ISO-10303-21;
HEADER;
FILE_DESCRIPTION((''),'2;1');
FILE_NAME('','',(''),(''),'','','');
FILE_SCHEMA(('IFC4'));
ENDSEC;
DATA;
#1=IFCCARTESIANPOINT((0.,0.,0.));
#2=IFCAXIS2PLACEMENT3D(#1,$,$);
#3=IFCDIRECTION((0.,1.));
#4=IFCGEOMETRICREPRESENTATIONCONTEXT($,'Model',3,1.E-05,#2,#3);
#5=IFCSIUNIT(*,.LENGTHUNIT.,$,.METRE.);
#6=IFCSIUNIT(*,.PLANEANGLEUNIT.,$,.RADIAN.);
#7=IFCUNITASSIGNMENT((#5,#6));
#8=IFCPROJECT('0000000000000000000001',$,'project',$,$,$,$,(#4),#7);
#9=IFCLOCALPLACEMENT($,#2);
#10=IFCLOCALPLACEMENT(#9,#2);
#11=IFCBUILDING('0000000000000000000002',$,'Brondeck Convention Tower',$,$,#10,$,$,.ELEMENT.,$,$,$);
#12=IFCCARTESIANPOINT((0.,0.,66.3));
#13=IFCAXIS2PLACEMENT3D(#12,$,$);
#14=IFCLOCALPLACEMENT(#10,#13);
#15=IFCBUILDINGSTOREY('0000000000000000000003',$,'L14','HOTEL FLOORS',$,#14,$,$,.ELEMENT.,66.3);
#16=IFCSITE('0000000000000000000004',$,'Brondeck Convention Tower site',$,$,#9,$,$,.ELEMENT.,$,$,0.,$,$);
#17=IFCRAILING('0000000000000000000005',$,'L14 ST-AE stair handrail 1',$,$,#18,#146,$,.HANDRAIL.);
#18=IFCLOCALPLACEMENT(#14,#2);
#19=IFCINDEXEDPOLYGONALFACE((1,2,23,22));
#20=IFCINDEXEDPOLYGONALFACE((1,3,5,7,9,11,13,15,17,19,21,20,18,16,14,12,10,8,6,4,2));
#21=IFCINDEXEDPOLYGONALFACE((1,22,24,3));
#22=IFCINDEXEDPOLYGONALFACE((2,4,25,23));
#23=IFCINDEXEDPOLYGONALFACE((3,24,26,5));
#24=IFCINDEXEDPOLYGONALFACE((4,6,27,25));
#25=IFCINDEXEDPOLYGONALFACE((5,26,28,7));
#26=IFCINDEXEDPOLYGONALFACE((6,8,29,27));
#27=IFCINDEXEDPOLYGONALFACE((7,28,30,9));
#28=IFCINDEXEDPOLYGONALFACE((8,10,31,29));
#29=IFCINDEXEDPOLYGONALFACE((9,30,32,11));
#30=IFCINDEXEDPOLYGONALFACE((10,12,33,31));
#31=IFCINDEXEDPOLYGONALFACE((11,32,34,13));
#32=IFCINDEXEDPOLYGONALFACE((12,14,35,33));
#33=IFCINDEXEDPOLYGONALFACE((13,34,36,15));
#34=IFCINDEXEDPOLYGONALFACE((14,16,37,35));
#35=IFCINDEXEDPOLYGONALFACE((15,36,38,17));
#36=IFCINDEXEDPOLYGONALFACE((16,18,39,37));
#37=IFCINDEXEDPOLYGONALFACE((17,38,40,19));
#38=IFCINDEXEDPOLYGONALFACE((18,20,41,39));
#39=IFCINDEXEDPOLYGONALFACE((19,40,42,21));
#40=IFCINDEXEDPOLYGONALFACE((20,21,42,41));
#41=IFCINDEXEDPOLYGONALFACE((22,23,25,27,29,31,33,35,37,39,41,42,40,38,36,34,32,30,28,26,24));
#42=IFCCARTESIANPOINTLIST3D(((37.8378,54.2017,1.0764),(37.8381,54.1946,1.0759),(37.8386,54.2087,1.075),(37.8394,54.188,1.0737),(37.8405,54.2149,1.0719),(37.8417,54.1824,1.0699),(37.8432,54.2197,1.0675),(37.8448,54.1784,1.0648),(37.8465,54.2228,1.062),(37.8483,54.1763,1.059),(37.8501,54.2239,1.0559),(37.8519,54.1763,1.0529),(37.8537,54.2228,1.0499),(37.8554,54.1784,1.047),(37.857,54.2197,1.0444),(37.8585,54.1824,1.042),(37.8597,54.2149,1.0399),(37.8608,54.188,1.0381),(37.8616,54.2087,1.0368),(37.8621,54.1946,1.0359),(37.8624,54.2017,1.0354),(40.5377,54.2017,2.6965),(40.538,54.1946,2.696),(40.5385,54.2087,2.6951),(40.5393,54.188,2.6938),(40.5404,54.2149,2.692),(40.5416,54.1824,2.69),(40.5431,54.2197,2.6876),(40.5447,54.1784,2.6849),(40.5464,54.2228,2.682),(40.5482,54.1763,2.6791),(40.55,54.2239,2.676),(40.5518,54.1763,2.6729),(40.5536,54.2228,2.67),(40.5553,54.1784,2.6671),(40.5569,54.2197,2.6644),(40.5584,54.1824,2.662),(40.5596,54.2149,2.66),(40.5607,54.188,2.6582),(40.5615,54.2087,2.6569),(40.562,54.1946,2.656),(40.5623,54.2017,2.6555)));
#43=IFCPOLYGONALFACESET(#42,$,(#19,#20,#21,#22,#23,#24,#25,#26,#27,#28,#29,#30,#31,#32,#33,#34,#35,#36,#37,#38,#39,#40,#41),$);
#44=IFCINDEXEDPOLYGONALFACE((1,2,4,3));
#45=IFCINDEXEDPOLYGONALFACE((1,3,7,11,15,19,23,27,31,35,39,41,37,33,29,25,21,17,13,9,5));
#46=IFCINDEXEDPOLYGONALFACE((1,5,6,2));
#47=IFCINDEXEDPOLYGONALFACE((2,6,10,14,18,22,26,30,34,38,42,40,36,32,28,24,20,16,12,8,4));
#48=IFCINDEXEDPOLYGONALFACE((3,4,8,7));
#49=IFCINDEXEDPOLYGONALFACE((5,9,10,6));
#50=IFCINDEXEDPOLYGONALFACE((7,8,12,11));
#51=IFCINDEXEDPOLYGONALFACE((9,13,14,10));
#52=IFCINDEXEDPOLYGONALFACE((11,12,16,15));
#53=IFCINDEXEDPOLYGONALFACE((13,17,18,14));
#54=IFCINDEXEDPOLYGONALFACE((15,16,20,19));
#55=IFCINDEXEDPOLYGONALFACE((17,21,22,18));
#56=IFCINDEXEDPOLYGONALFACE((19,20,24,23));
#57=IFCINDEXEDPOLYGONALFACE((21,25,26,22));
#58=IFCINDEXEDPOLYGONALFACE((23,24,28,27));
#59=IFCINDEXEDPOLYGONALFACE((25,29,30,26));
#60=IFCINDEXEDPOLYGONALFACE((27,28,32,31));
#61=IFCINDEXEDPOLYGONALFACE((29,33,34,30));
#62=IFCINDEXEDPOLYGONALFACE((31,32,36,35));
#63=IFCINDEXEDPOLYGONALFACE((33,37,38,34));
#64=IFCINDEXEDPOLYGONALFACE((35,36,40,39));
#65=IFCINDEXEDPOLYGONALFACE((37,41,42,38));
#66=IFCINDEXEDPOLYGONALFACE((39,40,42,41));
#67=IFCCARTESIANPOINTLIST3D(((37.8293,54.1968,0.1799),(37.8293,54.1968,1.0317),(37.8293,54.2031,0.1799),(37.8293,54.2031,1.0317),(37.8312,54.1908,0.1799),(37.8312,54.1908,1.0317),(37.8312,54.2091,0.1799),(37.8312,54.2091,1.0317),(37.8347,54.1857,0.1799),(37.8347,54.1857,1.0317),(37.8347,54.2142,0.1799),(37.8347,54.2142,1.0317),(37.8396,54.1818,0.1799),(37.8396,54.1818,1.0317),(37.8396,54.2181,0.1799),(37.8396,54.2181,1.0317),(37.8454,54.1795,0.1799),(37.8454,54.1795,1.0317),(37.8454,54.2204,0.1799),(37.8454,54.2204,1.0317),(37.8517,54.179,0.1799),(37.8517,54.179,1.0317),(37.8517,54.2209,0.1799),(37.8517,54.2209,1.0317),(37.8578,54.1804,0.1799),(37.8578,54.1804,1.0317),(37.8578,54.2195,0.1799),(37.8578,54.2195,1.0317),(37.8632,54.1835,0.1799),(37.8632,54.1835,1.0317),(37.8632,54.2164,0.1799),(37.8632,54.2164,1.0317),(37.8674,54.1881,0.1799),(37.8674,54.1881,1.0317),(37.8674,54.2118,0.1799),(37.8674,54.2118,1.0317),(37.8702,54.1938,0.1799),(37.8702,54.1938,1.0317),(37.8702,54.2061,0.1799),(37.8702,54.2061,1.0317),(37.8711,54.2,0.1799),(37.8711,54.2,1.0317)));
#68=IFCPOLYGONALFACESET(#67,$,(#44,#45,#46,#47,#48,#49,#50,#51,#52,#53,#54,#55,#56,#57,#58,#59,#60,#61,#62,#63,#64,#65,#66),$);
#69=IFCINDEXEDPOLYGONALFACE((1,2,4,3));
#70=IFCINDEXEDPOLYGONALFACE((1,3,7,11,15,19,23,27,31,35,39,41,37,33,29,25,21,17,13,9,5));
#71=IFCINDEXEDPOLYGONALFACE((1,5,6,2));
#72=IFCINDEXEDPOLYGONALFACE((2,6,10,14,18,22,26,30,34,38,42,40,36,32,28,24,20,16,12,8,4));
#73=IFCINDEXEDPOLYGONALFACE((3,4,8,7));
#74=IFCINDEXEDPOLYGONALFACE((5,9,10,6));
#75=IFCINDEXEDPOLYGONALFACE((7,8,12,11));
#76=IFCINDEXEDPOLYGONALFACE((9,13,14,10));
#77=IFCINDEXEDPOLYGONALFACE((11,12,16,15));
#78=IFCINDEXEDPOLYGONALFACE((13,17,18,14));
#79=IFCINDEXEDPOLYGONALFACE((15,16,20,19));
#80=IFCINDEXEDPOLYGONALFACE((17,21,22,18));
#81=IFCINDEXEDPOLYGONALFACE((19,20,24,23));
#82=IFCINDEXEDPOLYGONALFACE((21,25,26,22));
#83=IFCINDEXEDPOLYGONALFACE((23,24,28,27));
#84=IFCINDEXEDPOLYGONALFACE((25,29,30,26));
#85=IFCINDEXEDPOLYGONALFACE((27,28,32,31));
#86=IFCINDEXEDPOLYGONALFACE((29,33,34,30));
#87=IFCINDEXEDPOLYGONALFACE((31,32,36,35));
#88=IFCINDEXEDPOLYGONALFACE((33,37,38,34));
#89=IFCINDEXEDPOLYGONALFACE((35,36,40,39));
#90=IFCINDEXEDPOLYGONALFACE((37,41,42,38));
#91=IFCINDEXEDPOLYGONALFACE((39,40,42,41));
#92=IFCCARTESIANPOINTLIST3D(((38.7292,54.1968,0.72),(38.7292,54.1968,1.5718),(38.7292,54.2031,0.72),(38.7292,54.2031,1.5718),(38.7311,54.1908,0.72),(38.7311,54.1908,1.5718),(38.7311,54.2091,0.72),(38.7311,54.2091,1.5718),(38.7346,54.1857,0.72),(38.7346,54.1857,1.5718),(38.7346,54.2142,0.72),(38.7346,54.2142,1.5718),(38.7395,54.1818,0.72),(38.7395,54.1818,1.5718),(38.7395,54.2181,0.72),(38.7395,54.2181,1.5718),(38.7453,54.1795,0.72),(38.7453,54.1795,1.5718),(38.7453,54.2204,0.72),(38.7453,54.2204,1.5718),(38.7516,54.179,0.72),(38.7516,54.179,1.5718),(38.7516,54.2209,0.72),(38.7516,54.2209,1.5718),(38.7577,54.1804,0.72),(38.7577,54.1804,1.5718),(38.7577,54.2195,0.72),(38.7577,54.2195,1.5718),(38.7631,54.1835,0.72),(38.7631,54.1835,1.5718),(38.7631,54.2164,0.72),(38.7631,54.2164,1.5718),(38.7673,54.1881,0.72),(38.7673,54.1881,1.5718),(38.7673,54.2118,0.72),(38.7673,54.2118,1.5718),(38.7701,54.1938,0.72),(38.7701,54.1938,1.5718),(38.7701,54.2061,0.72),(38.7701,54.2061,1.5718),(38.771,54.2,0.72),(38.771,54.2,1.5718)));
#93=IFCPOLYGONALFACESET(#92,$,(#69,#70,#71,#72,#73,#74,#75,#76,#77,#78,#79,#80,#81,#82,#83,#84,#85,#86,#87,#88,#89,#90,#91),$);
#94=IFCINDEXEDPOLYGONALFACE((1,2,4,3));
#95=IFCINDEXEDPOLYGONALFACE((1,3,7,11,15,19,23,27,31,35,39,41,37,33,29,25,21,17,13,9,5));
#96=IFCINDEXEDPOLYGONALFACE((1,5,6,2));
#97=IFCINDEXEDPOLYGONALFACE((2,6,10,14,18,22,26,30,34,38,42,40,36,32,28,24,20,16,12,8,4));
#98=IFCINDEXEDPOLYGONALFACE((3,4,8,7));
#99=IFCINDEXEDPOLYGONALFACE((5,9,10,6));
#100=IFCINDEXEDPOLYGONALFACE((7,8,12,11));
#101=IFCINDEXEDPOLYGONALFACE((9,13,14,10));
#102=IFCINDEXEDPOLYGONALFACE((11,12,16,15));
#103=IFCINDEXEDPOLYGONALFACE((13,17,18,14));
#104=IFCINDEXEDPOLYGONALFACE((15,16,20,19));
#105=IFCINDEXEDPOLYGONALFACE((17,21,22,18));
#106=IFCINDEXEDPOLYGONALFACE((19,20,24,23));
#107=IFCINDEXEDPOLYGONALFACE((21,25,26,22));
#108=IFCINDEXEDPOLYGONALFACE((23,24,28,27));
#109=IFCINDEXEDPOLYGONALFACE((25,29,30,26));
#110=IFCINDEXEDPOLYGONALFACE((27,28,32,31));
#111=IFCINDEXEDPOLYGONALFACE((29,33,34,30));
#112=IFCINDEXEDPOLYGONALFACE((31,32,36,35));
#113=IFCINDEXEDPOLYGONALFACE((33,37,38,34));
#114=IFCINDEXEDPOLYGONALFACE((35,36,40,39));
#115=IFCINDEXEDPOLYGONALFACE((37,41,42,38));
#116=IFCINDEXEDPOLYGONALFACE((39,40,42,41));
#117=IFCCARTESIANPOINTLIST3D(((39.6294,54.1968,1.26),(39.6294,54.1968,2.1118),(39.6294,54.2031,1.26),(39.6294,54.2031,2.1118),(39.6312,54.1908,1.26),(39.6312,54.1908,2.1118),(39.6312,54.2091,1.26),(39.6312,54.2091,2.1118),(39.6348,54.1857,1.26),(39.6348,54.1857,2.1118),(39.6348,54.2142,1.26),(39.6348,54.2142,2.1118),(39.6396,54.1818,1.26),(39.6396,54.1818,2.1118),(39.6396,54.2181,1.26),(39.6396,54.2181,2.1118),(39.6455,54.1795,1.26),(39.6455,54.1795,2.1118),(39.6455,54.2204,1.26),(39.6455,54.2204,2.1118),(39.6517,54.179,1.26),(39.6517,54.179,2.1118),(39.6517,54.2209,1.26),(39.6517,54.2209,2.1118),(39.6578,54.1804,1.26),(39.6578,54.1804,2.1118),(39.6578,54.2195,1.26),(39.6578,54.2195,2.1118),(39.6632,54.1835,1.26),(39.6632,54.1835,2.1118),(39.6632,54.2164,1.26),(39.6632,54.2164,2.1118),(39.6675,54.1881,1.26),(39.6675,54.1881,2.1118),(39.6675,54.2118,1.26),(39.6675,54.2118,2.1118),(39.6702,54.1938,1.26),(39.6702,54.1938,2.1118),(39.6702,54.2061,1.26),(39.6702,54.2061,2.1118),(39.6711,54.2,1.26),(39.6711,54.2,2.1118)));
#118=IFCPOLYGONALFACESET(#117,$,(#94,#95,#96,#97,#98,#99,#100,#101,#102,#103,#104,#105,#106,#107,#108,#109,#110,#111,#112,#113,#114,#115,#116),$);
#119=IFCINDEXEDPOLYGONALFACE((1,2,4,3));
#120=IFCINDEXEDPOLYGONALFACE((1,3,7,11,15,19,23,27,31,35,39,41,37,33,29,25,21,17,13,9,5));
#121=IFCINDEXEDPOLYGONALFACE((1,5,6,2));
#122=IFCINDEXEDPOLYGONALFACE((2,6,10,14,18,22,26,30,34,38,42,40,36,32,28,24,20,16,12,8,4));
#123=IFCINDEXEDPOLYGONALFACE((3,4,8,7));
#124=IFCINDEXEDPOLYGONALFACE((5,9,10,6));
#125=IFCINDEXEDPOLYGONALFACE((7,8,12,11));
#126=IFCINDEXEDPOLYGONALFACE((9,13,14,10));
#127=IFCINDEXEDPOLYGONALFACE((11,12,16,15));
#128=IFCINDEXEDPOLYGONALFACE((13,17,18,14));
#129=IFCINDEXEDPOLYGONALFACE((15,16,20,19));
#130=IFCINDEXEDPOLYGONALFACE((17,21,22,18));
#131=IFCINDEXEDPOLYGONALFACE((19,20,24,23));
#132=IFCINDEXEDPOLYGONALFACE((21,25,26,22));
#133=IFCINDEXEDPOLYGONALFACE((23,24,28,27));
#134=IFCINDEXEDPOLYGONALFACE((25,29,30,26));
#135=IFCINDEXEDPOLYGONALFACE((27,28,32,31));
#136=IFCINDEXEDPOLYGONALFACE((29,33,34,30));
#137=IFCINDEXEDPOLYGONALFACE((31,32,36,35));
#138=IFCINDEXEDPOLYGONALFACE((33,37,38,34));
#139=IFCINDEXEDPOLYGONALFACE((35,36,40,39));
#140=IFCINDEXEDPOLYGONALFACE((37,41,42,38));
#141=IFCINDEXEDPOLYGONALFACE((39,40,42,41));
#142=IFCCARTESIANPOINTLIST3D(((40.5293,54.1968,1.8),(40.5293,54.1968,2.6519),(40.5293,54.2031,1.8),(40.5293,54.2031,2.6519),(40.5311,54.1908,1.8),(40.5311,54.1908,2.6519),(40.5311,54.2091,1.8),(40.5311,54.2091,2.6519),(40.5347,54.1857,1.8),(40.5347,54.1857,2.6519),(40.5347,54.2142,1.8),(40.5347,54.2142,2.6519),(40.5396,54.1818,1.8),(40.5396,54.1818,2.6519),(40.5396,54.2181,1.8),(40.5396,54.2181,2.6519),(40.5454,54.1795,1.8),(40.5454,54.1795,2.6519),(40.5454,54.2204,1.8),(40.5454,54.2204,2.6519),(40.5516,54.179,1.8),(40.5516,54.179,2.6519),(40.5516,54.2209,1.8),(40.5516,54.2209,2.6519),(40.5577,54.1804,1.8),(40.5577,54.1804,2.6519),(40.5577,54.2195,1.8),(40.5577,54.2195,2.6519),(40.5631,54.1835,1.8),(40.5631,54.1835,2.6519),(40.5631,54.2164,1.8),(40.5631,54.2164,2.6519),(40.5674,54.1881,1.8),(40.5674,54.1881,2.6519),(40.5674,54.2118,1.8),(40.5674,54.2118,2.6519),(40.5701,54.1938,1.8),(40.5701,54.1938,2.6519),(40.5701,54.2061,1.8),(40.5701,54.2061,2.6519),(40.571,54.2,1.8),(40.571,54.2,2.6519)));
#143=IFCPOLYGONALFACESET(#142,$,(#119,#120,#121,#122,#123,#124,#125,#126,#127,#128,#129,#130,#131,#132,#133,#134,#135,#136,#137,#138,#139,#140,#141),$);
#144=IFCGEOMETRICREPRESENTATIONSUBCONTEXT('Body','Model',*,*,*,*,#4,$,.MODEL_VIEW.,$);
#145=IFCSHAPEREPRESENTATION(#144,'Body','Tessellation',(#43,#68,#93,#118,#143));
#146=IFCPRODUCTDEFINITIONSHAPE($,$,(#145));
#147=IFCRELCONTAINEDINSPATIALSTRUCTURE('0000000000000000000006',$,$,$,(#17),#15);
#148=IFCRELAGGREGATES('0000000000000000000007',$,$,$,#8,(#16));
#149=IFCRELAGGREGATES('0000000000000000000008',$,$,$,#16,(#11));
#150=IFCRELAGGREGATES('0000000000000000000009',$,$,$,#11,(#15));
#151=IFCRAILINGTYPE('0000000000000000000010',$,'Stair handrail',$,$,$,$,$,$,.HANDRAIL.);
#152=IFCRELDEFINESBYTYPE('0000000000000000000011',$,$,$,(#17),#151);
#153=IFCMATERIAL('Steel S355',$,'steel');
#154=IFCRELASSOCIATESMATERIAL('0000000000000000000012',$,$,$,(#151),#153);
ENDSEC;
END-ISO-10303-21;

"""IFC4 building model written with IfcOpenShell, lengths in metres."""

from ifc_helpers import new_model, si_unit, direction, frame, origin, origin_2d, place, context, subcontext, project, spatial, circle, extrude, material, type_object, element, save


model = new_model("IFC4")

# Units and contexts
model_context = context("Model", 3, precision=1e-05, world=origin(), true_north=direction((0.0, 1.0)))
body_context = subcontext(model_context, "Body", "Model", "MODEL_VIEW")
ifc_project = project(units=[si_unit("LENGTHUNIT", "METRE"), si_unit("PLANEANGLEUNIT", "RADIAN")], contexts=[model_context])

# Site, building, storey
site_placement = place(None, origin())
site = spatial("IfcSite", under=ifc_project, at=site_placement, Name="Brondeck Convention Tower site", CompositionType="ELEMENT", RefElevation=0.0)
building_placement = place(site_placement, origin())
building = spatial("IfcBuilding", under=site, at=building_placement, Name="Brondeck Convention Tower", CompositionType="ELEMENT")
storey_placement = place(building_placement, frame((0.0, 0.0, 66.3)))
storey = spatial("IfcBuildingStorey", under=building, at=storey_placement, Name="L14", Description="HOTEL FLOORS", CompositionType="ELEMENT", Elevation=66.3)

# Railing
ifc_material_1 = material(Name="Steel S355", Category="steel")
railing_type_1 = type_object("IfcRailingType", Name="Stair handrail", PredefinedType="HANDRAIL", material=ifc_material_1)
railing_1_placement = place(storey_placement, frame((37.8501, 54.2, 0.1799)))
element("IfcRailing", 1, at=railing_1_placement, inside=storey, type_object=railing_type_1, Name="L14 ST-AE stair handrail 1", PredefinedType="HANDRAIL", context=body_context, shape_type="SweptSolid", body=[
    extrude(circle(Radius=0.0239, at=origin_2d()), frame((0.0, 0.0, 0.876), z_axis=(0.857472, 0.0, 0.51453), x_axis=(0.0, 1.0, 0.0)), (0.0, 0.0, 1.0), 3.1487),
    extrude(circle(Radius=0.021, at=origin_2d()), origin(), (0.0, 0.0, 1.0), 0.8518),
    extrude(circle(Radius=0.021, at=origin_2d()), frame((0.8999, 0.0, 0.54)), (0.0, 0.0, 1.0), 0.8518),
    extrude(circle(Radius=0.021, at=origin_2d()), frame((1.8, 0.0, 1.0801)), (0.0, 0.0, 1.0), 0.8518),
    extrude(circle(Radius=0.021, at=origin_2d()), frame((2.7, 0.0, 1.6201)), (0.0, 0.0, 1.0), 0.8518),
])

save(model, "model.ifc")
